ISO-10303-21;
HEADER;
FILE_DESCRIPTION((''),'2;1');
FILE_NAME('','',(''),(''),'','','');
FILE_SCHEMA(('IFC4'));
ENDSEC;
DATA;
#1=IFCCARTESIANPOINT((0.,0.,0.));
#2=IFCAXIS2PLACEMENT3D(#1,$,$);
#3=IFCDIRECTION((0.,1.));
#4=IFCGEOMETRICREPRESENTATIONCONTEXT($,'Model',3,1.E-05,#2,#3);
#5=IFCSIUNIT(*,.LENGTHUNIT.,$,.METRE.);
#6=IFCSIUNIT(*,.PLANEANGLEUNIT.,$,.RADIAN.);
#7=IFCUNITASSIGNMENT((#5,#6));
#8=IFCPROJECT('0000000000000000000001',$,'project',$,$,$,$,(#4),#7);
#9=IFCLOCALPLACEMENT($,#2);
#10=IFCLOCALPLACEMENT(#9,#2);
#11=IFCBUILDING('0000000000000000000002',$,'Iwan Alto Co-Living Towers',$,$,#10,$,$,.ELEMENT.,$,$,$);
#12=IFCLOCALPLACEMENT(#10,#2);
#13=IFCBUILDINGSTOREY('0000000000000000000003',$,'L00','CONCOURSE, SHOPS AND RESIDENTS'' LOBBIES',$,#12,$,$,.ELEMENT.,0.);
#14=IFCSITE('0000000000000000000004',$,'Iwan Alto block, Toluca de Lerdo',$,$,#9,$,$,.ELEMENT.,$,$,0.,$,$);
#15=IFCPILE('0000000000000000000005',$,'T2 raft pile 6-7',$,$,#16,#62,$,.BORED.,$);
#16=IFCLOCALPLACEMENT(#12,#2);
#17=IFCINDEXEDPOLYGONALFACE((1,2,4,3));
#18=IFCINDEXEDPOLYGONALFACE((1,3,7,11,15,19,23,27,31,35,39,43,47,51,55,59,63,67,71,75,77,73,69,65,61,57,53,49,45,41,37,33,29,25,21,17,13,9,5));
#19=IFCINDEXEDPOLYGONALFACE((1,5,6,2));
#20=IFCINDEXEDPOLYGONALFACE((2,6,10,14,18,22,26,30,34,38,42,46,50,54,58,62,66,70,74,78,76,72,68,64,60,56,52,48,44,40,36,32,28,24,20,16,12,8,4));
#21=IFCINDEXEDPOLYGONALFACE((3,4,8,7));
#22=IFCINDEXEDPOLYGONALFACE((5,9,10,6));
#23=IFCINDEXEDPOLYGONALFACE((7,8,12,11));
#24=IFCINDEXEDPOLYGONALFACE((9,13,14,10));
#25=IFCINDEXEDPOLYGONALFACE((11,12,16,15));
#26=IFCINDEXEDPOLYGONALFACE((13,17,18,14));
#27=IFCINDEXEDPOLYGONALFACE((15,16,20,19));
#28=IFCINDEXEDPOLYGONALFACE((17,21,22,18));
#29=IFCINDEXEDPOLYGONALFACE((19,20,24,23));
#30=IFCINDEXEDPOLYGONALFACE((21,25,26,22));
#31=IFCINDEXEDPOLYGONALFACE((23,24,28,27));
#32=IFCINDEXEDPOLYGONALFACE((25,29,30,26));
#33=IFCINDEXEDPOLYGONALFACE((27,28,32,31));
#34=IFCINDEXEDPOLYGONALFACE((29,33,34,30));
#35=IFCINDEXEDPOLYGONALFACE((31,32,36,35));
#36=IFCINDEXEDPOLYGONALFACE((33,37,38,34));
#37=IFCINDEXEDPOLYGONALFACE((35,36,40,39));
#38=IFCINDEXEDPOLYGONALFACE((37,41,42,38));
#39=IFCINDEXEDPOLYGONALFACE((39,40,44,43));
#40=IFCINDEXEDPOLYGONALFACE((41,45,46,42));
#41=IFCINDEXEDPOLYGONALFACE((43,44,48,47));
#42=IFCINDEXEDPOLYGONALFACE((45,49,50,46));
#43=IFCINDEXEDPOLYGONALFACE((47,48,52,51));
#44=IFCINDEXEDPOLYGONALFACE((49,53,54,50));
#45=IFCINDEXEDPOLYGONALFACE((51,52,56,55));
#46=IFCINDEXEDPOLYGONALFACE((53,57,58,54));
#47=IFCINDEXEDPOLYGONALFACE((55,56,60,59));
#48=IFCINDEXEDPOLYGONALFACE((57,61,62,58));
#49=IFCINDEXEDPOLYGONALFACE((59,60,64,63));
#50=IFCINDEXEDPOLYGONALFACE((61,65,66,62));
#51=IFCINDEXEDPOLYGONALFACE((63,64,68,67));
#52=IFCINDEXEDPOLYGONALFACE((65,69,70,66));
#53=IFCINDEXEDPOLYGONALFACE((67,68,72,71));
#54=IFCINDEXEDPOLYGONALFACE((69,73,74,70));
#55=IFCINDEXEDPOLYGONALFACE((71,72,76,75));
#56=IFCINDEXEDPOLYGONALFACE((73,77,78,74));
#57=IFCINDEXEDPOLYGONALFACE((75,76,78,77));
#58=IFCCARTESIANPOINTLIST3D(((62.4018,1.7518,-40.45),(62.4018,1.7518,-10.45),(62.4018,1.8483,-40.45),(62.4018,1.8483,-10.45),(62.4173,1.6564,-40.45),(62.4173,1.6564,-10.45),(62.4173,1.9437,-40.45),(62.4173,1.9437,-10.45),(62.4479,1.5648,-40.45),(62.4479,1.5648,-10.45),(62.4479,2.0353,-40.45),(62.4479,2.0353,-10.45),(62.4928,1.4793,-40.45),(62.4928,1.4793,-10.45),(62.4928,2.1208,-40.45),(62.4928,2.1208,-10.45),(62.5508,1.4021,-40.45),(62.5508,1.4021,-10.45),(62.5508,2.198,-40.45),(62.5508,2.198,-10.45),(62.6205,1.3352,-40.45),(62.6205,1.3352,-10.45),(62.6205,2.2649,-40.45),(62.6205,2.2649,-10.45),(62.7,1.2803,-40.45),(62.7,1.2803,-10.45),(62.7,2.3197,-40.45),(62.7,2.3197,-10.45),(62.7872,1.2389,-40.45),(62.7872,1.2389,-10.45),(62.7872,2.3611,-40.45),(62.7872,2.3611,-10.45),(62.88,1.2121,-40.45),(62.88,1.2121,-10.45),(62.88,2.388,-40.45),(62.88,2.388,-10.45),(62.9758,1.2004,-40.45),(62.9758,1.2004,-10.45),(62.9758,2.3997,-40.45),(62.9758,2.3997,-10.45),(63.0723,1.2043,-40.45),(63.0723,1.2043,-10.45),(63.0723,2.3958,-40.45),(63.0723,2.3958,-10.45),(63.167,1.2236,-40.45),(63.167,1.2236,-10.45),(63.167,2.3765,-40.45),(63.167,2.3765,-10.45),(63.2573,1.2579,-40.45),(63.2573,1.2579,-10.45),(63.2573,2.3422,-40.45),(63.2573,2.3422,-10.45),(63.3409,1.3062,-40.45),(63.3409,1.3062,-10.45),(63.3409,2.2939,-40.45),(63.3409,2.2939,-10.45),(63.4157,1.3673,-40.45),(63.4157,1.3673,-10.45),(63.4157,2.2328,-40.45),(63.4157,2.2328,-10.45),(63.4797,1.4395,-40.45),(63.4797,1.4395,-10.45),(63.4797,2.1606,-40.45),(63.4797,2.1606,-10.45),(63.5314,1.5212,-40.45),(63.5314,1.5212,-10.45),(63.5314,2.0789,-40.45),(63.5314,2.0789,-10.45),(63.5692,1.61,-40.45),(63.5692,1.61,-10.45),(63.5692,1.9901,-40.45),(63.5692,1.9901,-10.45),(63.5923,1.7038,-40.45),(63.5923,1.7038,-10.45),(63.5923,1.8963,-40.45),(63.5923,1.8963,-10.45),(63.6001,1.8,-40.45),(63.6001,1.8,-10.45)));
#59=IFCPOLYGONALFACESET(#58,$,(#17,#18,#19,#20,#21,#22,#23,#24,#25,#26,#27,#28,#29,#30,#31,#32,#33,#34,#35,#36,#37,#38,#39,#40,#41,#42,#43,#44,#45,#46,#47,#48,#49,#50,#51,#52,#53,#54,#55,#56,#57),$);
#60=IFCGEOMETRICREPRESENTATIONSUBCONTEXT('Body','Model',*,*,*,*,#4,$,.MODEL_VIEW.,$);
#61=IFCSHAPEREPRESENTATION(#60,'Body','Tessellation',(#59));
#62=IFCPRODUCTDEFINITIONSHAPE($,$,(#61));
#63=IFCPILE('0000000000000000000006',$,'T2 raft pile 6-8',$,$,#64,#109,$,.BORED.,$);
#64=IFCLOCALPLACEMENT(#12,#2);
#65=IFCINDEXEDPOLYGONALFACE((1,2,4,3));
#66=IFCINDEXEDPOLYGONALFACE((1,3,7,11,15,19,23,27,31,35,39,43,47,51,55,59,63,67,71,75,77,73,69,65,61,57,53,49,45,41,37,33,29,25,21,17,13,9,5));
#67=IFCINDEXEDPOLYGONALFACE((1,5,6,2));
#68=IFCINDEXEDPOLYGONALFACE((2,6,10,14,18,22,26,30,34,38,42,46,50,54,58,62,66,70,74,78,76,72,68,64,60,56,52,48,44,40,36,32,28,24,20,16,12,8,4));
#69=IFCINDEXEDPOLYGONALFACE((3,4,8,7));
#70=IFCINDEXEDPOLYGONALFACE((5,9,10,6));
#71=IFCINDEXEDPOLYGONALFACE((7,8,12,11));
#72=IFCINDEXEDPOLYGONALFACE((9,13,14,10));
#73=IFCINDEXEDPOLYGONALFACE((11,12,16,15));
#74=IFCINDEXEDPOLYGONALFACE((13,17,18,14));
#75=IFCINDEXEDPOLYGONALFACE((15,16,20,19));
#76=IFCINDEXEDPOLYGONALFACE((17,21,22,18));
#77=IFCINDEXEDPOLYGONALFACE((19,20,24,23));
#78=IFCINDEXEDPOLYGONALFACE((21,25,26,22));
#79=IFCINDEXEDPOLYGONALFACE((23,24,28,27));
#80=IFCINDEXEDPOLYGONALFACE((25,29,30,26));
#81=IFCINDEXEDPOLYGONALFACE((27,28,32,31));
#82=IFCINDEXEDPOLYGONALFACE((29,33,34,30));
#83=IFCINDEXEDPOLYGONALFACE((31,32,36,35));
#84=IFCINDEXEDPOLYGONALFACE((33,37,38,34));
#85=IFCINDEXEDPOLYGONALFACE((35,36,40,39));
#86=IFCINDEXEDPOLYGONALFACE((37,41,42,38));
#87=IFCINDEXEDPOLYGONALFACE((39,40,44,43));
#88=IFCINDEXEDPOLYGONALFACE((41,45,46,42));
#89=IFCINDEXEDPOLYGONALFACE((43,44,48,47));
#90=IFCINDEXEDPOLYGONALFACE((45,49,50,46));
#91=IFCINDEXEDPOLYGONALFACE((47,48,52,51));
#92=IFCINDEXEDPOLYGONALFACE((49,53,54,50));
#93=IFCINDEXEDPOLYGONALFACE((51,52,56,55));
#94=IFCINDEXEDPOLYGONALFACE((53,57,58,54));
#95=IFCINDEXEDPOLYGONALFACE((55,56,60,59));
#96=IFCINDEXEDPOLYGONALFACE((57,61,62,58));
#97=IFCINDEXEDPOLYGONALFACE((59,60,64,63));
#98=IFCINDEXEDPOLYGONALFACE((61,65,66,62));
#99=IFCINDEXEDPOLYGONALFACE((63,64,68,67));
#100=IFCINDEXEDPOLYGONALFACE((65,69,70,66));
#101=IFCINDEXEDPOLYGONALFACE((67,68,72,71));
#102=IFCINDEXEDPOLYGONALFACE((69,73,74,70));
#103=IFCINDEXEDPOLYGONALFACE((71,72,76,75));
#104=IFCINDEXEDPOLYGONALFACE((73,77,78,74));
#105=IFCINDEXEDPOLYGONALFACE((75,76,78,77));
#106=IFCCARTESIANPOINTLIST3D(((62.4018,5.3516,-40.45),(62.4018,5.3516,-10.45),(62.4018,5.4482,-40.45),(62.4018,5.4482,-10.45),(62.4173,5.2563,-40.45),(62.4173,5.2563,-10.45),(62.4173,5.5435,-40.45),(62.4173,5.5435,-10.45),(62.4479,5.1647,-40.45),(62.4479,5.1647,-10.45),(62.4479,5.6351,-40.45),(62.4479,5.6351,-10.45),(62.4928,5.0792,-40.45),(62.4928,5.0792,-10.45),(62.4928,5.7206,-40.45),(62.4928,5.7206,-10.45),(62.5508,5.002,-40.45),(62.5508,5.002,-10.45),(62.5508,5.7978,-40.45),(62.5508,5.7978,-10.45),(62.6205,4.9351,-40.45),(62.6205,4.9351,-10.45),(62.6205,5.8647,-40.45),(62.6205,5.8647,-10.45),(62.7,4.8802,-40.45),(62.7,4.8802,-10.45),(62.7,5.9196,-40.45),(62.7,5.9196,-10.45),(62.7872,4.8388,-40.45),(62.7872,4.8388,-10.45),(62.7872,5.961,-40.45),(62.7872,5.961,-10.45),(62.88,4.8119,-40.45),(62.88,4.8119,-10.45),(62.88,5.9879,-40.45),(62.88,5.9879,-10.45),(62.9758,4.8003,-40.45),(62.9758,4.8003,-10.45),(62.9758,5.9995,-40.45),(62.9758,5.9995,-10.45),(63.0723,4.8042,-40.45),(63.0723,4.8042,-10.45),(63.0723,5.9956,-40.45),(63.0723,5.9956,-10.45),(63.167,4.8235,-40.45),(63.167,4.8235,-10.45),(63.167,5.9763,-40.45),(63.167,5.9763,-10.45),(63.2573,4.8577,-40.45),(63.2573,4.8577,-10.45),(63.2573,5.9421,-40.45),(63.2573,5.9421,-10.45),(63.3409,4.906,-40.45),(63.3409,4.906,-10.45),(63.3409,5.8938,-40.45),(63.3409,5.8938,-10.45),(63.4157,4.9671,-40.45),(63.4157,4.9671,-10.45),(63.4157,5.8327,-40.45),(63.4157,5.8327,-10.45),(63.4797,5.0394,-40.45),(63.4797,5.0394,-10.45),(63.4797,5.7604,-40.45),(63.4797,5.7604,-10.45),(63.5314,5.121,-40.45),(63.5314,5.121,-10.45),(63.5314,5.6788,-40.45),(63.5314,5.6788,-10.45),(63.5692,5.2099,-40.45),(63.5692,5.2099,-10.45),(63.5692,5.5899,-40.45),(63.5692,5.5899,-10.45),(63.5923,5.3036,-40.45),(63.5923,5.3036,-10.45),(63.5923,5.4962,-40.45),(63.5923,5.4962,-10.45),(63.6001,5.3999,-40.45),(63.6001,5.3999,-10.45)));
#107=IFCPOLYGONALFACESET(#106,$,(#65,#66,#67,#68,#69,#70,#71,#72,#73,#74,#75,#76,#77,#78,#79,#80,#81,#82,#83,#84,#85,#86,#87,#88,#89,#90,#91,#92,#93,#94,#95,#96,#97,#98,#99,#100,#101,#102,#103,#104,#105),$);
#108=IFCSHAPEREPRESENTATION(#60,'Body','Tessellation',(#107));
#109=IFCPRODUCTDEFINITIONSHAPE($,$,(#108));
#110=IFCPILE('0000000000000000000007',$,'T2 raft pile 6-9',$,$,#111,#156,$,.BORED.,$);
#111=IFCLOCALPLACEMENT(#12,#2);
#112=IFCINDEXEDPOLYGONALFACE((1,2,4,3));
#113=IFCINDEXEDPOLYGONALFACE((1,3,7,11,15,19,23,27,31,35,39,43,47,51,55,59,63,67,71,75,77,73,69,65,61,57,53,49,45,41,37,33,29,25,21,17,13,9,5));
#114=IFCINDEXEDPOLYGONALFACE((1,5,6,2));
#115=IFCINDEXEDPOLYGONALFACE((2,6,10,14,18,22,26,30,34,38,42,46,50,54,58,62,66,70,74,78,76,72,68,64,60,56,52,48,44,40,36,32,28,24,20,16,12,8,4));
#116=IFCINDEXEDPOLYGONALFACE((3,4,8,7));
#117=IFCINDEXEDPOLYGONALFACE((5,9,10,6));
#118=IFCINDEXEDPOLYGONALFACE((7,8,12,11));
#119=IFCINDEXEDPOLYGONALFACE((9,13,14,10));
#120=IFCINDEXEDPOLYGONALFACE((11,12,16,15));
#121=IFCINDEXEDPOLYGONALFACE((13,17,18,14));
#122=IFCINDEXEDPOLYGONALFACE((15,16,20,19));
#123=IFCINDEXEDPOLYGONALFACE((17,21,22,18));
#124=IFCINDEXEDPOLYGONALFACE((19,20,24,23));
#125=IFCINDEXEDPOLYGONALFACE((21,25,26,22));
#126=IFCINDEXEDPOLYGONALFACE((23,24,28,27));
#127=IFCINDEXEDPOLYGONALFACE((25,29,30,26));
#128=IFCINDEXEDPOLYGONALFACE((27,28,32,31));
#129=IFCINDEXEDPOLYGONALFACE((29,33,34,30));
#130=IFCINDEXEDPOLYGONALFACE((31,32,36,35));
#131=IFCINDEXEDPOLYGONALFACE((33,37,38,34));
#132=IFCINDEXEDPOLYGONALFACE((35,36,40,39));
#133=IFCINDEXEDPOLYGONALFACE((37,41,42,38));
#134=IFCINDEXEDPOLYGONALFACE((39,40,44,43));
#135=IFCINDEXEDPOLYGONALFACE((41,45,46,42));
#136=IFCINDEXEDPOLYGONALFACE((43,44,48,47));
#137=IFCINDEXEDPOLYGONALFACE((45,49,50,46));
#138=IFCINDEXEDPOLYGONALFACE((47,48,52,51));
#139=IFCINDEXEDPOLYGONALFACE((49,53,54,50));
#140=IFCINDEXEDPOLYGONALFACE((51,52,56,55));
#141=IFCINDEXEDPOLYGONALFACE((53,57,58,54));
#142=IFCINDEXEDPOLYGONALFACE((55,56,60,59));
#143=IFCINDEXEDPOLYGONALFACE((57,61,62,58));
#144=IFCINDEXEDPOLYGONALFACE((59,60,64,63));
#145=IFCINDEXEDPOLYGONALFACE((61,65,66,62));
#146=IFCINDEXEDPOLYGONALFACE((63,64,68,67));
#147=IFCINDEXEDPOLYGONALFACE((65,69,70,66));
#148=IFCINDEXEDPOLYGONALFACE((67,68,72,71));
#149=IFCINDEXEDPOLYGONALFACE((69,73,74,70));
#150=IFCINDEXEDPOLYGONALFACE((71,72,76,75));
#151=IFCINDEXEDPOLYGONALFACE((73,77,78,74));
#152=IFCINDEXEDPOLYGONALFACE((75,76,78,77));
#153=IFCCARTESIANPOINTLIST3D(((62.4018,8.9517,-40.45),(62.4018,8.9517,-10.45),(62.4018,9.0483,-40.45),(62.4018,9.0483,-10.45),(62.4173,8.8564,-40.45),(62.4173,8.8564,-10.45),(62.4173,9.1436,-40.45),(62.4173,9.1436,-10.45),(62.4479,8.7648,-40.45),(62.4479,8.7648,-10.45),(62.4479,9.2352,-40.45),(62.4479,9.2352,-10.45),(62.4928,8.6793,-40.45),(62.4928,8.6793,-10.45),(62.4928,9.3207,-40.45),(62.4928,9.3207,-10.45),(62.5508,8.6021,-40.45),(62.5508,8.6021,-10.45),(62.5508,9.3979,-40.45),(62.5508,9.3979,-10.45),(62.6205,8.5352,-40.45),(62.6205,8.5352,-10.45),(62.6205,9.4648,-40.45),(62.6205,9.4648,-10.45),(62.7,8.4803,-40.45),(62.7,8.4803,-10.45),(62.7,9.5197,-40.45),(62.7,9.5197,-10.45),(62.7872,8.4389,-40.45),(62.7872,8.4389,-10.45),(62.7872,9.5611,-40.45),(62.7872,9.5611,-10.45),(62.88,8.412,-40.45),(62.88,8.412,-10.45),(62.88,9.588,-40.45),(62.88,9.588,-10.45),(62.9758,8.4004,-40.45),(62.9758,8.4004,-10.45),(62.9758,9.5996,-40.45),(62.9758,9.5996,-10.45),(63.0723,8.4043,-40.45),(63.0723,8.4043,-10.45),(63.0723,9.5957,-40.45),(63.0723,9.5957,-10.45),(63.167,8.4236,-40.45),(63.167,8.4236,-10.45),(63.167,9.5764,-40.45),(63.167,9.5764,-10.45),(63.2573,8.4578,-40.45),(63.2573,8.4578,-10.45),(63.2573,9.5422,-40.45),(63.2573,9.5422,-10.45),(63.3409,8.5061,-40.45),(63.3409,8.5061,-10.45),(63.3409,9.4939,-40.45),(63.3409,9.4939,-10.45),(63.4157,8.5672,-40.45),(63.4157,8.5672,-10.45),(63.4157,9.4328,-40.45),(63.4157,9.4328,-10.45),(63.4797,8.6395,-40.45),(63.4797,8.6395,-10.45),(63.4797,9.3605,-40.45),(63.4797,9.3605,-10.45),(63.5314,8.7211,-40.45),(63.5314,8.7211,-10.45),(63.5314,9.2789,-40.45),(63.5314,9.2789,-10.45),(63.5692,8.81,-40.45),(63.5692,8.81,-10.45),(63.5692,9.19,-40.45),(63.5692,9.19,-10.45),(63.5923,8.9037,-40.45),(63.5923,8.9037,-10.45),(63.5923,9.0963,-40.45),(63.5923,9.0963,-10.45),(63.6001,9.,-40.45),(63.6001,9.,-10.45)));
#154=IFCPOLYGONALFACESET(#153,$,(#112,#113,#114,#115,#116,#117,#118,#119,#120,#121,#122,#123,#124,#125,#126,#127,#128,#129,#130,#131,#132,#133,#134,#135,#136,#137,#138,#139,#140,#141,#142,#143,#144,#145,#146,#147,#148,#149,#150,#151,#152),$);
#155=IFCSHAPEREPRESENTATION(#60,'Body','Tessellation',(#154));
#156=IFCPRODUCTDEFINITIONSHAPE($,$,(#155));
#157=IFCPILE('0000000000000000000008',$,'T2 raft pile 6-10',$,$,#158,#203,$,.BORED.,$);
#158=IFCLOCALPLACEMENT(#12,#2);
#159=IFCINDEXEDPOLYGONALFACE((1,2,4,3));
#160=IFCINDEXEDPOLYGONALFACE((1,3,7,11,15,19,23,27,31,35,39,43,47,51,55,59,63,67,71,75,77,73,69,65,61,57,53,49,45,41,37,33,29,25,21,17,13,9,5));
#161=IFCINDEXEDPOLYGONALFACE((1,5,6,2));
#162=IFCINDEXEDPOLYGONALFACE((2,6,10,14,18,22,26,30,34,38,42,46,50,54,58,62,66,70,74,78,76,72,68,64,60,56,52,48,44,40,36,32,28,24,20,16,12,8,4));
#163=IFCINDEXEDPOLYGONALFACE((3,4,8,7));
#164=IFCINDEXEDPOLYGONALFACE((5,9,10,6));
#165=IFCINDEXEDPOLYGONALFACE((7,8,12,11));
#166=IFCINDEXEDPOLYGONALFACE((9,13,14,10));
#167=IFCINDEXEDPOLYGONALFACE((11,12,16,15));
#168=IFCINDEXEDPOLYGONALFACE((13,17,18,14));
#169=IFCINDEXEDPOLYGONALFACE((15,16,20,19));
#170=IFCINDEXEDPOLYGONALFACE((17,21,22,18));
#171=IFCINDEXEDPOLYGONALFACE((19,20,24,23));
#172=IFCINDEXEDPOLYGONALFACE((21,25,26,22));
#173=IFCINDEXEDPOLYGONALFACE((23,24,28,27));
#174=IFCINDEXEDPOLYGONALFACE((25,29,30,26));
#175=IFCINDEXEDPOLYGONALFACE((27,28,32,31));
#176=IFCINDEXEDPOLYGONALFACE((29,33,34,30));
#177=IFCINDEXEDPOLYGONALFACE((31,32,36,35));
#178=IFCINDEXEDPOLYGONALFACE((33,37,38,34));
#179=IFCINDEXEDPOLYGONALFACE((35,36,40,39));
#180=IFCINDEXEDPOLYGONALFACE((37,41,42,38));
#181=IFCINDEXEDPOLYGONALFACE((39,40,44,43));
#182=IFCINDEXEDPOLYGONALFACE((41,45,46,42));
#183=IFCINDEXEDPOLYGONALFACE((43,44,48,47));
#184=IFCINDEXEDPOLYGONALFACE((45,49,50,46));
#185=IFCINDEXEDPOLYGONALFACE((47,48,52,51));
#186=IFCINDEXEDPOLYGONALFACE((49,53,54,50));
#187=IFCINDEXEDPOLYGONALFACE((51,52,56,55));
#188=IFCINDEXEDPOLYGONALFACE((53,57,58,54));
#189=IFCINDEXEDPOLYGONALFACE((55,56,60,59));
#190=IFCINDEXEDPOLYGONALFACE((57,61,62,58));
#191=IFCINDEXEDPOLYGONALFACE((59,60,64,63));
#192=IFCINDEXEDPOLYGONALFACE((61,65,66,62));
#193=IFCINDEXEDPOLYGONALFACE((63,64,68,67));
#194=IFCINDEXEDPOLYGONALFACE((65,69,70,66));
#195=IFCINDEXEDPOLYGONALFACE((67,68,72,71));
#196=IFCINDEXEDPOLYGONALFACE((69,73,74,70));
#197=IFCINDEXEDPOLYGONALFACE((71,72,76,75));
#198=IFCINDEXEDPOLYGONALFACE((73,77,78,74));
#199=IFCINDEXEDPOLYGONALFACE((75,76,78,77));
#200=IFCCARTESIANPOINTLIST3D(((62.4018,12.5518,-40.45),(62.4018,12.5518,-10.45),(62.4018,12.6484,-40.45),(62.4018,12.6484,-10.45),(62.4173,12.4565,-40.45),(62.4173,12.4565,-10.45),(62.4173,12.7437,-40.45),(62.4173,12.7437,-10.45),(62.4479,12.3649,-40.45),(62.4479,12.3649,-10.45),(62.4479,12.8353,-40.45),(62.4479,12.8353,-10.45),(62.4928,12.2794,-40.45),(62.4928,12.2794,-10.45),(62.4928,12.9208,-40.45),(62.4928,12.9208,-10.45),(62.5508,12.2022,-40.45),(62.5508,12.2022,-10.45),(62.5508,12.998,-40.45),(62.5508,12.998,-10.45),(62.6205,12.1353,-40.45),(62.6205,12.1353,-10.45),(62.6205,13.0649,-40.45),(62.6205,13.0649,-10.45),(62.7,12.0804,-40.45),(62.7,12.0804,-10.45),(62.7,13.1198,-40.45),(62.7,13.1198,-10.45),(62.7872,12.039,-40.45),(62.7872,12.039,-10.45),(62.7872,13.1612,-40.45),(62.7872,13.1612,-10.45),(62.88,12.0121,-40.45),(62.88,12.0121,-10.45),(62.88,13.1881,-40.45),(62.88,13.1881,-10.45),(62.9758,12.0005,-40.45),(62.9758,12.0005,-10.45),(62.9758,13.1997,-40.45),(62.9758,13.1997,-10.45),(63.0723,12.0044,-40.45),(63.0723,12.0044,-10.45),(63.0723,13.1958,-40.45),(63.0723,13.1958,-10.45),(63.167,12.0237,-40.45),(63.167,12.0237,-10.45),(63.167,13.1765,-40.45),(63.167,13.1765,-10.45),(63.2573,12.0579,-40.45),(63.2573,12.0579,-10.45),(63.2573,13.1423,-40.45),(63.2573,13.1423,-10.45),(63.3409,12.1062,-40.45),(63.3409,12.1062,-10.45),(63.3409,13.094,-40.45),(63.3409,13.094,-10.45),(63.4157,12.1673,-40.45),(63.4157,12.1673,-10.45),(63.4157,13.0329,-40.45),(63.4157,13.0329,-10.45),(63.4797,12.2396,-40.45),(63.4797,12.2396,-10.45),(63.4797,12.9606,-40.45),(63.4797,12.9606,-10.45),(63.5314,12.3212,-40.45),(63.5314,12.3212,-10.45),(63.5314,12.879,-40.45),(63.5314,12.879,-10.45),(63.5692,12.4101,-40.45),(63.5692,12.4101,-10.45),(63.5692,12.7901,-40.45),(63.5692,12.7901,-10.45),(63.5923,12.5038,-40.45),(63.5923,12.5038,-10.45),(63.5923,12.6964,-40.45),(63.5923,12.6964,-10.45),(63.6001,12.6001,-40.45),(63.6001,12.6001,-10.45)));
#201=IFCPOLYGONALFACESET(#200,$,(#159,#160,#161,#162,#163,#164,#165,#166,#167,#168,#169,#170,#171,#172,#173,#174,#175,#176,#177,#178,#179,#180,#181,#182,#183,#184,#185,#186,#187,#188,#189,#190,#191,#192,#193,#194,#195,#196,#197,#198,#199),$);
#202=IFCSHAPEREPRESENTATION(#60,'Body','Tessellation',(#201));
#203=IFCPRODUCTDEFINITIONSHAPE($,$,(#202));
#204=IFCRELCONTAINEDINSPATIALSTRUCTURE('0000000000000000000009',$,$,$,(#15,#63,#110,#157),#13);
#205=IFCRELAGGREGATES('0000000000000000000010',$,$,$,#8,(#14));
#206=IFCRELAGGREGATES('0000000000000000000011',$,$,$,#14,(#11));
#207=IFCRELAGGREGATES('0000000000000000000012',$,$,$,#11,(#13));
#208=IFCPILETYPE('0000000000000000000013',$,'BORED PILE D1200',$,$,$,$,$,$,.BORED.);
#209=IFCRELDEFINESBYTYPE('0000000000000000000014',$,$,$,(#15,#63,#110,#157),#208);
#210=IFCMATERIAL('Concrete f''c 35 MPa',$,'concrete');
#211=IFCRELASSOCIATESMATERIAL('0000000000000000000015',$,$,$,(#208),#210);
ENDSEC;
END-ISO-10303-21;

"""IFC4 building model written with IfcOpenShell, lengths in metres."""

from ifc_helpers import new_model, si_unit, direction, frame, origin, origin_2d, place, context, subcontext, project, spatial, circle, extrude, material, material_profile, profile_set, type_object, element, save


model = new_model("IFC4")

# Units and contexts
model_context = context("Model", 3, precision=1e-05, world=origin(), true_north=direction((0.0, 1.0)))
body_context = subcontext(model_context, "Body", "Model", "MODEL_VIEW")
ifc_project = project(units=[si_unit("LENGTHUNIT", "METRE"), si_unit("PLANEANGLEUNIT", "RADIAN")], contexts=[model_context])

# Site, building, storey
site_placement = place(None, origin())
site = spatial("IfcSite", under=ifc_project, at=site_placement, Name="Iwan Alto block, Toluca de Lerdo", CompositionType="ELEMENT", RefElevation=0.0)
building_placement = place(site_placement, origin())
building = spatial("IfcBuilding", under=site, at=building_placement, Name="Iwan Alto Co-Living Towers", CompositionType="ELEMENT")
storey_placement = place(building_placement, origin())
storey = spatial("IfcBuildingStorey", under=building, at=storey_placement, Name="L00", Description="CONCOURSE, SHOPS AND RESIDENTS' LOBBIES", CompositionType="ELEMENT", Elevation=0.0)

# Piles
ifc_material_1 = material(Name="Concrete f'c 35 MPa", Category="concrete")
ifc_material_profile = material_profile(ifc_material_1, circle(Radius=0.6001, at=origin_2d()), Name="D1200")
ifc_profile_set = profile_set([ifc_material_profile], Name="Concrete f'c 35 MPa")
pile_type = type_object("IfcPileType", Name="BORED PILE D1200", PredefinedType="BORED", material=ifc_profile_set)
for number, where, z_axis, x_axis, name in (
    (1, (63.0, 1.8, -10.45), (0.0, 0.0, -1.0), (1.0, 0.0, 0.0), "T2 raft pile 6-7"),
    (2, (63.0, 5.3999, -10.45), (0.0, 0.0, -1.0), (1.0, 0.0, 0.0), "T2 raft pile 6-8"),
    (3, (63.0, 9.0, -10.45), (0.0, 0.0, -1.0), (1.0, 0.0, 0.0), "T2 raft pile 6-9"),
    (4, (63.0, 12.6001, -10.45), (0.0, 0.0, -1.0), (1.0, 0.0, 0.0), "T2 raft pile 6-10"),
):
    element("IfcPile", number, at=place(storey_placement, frame(where, z_axis=z_axis, x_axis=x_axis)), inside=storey, type_object=pile_type, Name=name, PredefinedType="BORED", context=body_context, shape_type="SweptSolid", body=[
        extrude(circle(Radius=0.6001, at=origin_2d()), origin(), (0.0, 0.0, 1.0), 30.0),
    ])

save(model, "model.ifc")
